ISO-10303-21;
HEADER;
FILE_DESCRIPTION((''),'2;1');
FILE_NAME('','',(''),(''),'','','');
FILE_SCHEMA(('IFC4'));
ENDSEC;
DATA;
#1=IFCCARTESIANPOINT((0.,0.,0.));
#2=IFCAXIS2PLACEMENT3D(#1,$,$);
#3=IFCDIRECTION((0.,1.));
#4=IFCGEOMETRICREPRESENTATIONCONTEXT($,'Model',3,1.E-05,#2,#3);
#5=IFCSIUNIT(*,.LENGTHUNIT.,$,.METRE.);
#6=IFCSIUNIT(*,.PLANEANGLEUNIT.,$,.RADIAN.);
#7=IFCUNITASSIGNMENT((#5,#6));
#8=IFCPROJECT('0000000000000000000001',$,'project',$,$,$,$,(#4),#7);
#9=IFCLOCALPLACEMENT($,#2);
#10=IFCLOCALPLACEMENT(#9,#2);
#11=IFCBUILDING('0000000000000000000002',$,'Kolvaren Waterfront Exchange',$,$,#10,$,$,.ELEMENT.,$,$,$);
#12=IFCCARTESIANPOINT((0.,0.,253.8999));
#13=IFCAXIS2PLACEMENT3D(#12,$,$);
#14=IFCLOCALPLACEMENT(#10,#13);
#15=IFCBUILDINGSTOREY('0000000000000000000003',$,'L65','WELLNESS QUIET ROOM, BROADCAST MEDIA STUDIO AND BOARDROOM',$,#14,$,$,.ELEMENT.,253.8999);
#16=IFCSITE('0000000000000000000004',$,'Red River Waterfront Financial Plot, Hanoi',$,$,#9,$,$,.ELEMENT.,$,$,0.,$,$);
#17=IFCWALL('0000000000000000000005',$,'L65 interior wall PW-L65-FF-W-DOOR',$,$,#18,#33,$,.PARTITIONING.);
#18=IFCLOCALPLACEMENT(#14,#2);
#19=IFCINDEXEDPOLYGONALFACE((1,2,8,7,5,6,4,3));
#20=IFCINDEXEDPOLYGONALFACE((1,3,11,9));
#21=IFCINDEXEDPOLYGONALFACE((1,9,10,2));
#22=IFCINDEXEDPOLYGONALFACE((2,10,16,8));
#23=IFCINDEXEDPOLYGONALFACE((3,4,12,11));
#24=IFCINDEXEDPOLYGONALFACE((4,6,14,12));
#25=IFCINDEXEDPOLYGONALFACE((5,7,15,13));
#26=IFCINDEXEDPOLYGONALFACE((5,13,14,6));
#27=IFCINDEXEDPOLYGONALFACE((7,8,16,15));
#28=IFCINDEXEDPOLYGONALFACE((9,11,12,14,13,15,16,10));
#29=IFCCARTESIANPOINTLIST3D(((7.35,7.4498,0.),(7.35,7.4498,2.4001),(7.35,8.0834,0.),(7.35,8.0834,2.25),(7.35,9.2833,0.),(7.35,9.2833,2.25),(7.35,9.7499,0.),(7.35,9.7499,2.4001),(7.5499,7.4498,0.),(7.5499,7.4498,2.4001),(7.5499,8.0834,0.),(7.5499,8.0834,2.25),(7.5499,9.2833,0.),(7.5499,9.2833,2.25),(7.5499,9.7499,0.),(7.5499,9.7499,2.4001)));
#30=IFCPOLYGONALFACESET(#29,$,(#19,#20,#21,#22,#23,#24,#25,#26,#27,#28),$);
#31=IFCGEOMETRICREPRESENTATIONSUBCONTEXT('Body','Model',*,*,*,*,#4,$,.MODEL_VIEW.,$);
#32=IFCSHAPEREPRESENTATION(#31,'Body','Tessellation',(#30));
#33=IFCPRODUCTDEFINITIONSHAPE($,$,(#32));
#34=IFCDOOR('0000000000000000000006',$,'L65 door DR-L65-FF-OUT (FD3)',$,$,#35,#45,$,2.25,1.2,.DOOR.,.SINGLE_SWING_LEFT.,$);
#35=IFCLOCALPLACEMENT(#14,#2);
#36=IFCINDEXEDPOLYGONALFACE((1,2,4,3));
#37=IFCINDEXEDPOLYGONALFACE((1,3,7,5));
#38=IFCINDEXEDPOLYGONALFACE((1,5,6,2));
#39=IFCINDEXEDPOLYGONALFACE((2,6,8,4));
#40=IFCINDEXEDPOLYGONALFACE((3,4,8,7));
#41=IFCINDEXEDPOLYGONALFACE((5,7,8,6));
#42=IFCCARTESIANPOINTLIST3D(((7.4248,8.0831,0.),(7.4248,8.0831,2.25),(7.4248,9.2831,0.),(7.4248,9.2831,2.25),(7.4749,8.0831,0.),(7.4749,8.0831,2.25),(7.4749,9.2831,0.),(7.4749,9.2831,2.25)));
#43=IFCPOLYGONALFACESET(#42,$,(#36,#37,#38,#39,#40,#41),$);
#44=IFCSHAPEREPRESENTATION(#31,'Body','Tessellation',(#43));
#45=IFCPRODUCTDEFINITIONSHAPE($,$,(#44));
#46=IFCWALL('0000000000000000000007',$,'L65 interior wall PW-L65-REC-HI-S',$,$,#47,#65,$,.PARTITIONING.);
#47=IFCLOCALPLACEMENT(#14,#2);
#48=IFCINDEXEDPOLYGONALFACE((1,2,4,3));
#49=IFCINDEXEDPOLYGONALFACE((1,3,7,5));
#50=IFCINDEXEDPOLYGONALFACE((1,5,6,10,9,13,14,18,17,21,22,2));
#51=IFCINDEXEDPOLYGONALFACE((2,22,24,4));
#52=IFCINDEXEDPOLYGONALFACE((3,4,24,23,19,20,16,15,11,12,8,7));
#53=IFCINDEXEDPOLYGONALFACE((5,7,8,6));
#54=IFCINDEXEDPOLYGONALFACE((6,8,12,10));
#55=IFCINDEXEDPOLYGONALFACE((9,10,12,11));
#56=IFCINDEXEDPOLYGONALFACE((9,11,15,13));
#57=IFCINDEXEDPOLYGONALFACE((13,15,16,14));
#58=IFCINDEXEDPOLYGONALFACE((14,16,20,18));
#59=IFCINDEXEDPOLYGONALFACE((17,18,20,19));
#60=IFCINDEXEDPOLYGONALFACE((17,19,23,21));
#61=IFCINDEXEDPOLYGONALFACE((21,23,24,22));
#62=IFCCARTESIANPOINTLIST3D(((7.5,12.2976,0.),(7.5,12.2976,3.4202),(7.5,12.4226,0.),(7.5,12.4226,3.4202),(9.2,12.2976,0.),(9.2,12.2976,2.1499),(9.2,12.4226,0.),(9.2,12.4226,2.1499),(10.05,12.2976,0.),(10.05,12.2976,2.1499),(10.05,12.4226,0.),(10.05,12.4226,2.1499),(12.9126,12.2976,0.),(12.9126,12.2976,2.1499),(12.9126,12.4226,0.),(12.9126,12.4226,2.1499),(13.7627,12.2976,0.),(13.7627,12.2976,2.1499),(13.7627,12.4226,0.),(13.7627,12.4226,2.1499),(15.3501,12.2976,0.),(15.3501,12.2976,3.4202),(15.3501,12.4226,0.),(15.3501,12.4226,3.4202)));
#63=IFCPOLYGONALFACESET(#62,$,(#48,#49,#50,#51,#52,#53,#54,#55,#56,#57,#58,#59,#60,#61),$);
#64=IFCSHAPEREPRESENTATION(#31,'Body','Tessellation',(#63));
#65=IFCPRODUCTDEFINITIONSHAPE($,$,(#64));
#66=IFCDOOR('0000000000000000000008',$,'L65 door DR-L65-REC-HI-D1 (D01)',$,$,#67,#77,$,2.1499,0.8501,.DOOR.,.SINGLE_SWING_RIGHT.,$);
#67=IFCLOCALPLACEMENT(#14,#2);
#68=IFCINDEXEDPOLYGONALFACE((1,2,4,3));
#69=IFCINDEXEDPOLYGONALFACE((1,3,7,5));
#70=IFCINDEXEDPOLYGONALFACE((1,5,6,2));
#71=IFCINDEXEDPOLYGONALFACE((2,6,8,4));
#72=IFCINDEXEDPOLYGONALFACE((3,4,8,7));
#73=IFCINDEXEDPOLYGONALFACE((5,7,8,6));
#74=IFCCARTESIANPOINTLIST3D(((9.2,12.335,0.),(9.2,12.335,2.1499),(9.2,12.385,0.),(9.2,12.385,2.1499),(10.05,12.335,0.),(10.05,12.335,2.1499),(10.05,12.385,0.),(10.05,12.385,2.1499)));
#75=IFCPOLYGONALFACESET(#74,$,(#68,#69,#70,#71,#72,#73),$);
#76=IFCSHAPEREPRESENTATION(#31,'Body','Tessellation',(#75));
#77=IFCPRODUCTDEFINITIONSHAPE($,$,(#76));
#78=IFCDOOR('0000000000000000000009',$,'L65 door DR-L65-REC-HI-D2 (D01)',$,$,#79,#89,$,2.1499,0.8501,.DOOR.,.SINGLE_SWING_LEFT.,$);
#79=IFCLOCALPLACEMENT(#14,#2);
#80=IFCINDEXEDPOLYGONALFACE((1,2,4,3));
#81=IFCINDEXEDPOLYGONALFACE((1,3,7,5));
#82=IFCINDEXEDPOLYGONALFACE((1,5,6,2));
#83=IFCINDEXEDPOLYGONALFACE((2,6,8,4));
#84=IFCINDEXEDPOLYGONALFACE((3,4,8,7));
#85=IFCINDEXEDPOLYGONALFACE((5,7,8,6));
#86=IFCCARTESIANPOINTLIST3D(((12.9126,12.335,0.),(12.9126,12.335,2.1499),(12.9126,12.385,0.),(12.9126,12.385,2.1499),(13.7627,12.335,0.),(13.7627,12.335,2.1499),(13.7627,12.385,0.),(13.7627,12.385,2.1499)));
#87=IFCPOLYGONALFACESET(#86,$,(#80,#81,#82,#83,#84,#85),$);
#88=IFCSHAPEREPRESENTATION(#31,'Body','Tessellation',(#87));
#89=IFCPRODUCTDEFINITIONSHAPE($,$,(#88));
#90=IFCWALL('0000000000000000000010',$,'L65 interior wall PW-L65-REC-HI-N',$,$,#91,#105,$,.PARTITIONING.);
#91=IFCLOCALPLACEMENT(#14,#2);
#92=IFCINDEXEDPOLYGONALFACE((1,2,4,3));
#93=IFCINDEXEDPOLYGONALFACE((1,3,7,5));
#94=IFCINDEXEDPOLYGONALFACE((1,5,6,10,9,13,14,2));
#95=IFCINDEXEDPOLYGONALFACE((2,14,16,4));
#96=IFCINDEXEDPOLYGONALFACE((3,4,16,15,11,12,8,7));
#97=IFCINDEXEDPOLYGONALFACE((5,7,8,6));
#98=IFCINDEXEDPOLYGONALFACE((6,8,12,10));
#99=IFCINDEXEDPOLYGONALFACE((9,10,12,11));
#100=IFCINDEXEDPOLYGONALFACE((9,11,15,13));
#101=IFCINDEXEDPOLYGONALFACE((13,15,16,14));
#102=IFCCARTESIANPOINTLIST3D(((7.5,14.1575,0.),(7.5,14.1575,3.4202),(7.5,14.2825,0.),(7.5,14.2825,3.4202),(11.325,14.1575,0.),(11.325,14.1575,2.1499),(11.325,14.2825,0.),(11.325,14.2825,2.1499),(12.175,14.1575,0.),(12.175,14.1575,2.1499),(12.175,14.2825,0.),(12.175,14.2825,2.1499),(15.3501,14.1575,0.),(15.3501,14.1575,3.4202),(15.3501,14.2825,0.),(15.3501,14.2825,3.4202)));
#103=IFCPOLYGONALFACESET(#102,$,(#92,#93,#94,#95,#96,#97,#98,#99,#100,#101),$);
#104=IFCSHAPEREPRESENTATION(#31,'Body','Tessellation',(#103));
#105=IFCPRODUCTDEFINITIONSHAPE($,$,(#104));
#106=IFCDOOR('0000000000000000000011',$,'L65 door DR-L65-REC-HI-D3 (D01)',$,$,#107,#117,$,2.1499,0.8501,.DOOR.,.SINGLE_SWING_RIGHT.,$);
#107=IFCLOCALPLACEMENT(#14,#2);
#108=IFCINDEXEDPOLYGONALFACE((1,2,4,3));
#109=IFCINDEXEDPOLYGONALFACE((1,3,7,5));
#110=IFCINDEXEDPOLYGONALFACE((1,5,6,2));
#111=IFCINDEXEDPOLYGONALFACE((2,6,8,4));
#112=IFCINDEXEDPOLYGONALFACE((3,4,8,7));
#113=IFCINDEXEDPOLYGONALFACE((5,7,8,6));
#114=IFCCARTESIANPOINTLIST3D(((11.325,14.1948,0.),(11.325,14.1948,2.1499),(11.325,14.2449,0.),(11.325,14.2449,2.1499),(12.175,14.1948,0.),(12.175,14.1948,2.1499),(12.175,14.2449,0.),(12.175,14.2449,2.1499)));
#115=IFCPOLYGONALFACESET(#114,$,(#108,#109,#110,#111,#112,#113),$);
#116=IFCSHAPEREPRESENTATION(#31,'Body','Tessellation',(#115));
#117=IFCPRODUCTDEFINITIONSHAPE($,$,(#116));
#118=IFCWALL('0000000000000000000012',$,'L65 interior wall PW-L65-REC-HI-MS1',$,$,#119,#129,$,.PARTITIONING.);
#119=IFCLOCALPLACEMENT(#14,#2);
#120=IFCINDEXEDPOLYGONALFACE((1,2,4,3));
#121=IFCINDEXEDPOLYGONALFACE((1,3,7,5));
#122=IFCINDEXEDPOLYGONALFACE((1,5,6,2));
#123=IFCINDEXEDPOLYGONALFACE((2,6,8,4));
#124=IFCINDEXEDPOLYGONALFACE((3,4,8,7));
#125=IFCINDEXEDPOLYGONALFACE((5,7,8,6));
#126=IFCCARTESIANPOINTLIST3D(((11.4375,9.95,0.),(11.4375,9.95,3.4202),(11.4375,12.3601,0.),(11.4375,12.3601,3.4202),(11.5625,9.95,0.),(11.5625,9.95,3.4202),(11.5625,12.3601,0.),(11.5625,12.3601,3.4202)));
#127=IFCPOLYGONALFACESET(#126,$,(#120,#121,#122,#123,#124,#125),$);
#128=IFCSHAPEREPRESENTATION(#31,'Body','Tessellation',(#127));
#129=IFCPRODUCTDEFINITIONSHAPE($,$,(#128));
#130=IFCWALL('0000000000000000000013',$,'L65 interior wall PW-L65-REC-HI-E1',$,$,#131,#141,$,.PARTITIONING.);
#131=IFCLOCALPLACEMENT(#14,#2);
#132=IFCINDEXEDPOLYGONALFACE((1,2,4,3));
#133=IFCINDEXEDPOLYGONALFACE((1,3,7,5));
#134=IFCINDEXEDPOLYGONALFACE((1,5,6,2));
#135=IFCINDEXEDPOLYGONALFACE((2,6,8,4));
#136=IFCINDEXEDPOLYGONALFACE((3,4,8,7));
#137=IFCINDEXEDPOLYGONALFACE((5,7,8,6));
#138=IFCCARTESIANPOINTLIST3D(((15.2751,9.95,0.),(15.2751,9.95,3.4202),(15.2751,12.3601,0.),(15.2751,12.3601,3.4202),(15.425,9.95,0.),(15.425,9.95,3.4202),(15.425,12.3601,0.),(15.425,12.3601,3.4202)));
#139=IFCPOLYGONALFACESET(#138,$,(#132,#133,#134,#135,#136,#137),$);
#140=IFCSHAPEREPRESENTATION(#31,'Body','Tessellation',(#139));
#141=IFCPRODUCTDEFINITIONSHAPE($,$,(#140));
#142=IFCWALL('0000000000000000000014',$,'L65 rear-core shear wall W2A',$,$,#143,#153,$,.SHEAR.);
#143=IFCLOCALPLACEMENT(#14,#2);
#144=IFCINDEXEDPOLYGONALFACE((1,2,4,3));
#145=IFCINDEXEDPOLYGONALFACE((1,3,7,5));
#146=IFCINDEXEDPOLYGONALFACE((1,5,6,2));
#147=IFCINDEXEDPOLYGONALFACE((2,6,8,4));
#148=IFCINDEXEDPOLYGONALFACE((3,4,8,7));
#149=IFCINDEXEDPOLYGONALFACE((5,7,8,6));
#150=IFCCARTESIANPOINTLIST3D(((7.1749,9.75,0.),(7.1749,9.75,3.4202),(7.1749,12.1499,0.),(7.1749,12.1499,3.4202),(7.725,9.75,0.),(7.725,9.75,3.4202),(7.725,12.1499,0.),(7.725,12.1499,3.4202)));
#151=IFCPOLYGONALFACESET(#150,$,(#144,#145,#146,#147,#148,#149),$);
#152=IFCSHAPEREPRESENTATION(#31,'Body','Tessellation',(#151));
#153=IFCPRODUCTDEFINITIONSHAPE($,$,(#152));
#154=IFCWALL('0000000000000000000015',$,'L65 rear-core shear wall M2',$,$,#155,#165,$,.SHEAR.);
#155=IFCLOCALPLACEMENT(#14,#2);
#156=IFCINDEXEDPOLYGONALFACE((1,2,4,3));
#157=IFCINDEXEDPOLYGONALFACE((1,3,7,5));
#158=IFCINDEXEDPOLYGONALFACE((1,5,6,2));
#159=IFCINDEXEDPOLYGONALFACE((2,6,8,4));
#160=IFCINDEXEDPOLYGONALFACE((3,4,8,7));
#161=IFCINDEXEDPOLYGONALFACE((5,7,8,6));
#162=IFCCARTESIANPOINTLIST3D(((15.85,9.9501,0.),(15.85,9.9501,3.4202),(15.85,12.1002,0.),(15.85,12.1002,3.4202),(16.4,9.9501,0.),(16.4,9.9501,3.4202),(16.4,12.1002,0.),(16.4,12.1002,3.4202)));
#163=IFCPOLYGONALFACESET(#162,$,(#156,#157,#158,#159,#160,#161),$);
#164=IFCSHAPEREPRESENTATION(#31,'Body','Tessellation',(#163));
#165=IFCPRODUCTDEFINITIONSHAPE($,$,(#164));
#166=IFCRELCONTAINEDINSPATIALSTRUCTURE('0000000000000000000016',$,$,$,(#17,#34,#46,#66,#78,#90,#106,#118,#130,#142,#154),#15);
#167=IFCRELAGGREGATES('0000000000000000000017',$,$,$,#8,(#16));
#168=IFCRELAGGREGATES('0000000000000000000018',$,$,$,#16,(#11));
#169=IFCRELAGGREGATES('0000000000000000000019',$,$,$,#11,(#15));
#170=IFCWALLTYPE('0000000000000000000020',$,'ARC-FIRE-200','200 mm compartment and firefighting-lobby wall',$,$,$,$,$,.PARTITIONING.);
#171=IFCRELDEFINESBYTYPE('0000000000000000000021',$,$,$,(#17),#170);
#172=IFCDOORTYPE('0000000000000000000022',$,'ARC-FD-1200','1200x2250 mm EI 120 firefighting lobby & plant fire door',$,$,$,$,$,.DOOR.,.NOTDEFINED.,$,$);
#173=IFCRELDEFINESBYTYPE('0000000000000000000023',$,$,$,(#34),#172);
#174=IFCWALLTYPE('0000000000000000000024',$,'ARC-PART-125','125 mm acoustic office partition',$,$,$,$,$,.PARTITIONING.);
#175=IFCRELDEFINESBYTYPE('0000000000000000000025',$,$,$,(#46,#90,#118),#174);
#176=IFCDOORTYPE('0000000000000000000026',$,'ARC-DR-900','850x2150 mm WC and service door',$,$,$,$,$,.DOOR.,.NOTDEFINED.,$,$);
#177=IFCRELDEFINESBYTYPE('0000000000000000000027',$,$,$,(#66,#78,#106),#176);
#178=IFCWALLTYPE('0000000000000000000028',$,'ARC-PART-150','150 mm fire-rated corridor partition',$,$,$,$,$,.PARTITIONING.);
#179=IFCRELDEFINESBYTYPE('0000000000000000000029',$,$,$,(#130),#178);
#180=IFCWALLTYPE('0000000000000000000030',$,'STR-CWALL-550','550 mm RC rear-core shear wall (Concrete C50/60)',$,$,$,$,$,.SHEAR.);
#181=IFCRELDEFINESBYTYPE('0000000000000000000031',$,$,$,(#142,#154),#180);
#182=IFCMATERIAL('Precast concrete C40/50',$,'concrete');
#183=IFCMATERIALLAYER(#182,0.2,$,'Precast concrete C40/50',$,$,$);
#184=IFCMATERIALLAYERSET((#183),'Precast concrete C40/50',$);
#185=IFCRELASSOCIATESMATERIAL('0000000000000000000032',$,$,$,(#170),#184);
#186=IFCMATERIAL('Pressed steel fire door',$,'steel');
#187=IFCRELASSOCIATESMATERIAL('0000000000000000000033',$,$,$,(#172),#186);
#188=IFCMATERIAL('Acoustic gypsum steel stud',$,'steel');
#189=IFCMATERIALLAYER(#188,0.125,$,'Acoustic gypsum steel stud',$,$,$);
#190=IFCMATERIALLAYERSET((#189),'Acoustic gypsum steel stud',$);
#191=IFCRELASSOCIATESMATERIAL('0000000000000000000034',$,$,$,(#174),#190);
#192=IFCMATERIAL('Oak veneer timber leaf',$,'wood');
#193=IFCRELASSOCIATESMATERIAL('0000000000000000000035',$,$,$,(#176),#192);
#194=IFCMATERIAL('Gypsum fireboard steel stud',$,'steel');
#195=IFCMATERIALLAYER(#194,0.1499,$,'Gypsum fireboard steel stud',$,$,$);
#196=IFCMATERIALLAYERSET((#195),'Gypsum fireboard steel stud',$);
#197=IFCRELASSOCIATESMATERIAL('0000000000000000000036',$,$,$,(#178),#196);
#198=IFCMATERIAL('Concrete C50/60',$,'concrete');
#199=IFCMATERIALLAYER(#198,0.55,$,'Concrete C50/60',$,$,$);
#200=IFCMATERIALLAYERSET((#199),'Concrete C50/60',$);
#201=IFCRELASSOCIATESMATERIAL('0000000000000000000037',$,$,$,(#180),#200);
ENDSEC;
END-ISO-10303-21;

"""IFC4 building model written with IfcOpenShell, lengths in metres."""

from ifc_helpers import new_model, si_unit, direction, frame, frame_2d, origin, place, context, subcontext, project, spatial, rectangle, extrude, material, layer, layer_set, type_object, element, fill, save


model = new_model("IFC4")

# Units and contexts
model_context = context("Model", 3, precision=1e-05, world=origin(), true_north=direction((0.0, 1.0)))
body_context = subcontext(model_context, "Body", "Model", "MODEL_VIEW")
ifc_project = project(units=[si_unit("LENGTHUNIT", "METRE"), si_unit("PLANEANGLEUNIT", "RADIAN")], contexts=[model_context])

# Site, building, storey
site_placement = place(None, origin())
site = spatial("IfcSite", under=ifc_project, at=site_placement, Name="Red River Waterfront Financial Plot, Hanoi", CompositionType="ELEMENT", RefElevation=0.0)
building_placement = place(site_placement, origin())
building = spatial("IfcBuilding", under=site, at=building_placement, Name="Kolvaren Waterfront Exchange", CompositionType="ELEMENT")
storey_placement = place(building_placement, frame((0.0, 0.0, 253.8999)))
storey = spatial("IfcBuildingStorey", under=building, at=storey_placement, Name="L65", Description="WELLNESS QUIET ROOM, BROADCAST MEDIA STUDIO AND BOARDROOM", CompositionType="ELEMENT", Elevation=253.8999)

# Shared definitions
ifc_material_1 = material(Name="Precast concrete C40/50", Category="concrete")
ifc_layer_1 = layer(ifc_material_1, 0.2, Name="Precast concrete C40/50")
ifc_layer_set_1 = layer_set([ifc_layer_1], Name="Precast concrete C40/50")
wall_type_1 = type_object("IfcWallType", Name="ARC-FIRE-200", Description="200 mm compartment and firefighting-lobby wall", PredefinedType="PARTITIONING", material=ifc_layer_set_1)

# Wall, opening, door
wall_1_placement = place(storey_placement, frame((7.45, 7.45, 0.0), z_axis=(0.0, 0.0, 1.0), x_axis=(0.0, 1.0, 0.0)))
wall_1 = element("IfcWall", 1, at=wall_1_placement, inside=storey, type_object=wall_type_1, Name="L65 interior wall PW-L65-FF-W-DOOR", PredefinedType="PARTITIONING", context=body_context, shape_type="SweptSolid", body=[
    extrude(rectangle(XDim=2.3, YDim=0.2, at=frame_2d((1.1499, 0.0))), origin(), (0.0, 0.0, 1.0), 2.4001),
])
opening_1_placement = place(wall_1_placement, frame((0.6333, 0.0, 0.0)))
opening_1 = element("IfcOpeningElement", 2, at=opening_1_placement, cuts=wall_1, PredefinedType="OPENING", context=body_context, shape_type="SweptSolid", body=[
    extrude(rectangle(XDim=1.2, YDim=2.25, at=frame_2d((0.6001, 1.125))), frame((0.0, 0.1099, 0.0), z_axis=(0.0, -1.0, 0.0), x_axis=(1.0, 0.0, 0.0)), (0.0, 0.0, 1.0), 0.22),
])
ifc_material_2 = material(Name="Pressed steel fire door", Category="steel")
door_type_1 = type_object("IfcDoorType", Name="ARC-FD-1200", Description="1200x2250 mm EI 120 firefighting lobby & plant fire door", OperationType="NOTDEFINED", PredefinedType="DOOR", material=ifc_material_2)
door_1_placement = place(opening_1_placement, frame((1.2, 0.0, 0.0), z_axis=(0.0, 0.0, 1.0), x_axis=(-1.0, 0.0, 0.0)))
door_1 = element("IfcDoor", 3, at=door_1_placement, inside=storey, type_object=door_type_1, Name="L65 door DR-L65-FF-OUT (FD3)", OperationType="SINGLE_SWING_LEFT", OverallHeight=2.25, OverallWidth=1.2, PredefinedType="DOOR", context=body_context, shape_type="SweptSolid", body=[
    extrude(rectangle(XDim=1.2, YDim=2.25, at=frame_2d((0.6001, 1.125))), frame((0.0, 0.0249, 0.0), z_axis=(0.0, -1.0, 0.0), x_axis=(1.0, 0.0, 0.0)), (0.0, 0.0, 1.0), 0.05),
])
fill(opening_1, door_1)

# Wall, openings, doors
ifc_material_3 = material(Name="Acoustic gypsum steel stud", Category="steel")
ifc_layer_2 = layer(ifc_material_3, 0.125, Name="Acoustic gypsum steel stud")
ifc_layer_set_2 = layer_set([ifc_layer_2], Name="Acoustic gypsum steel stud")
wall_type_2 = type_object("IfcWallType", Name="ARC-PART-125", Description="125 mm acoustic office partition", PredefinedType="PARTITIONING", material=ifc_layer_set_2)
wall_2_placement = place(storey_placement, frame((7.5, 12.3601, 0.0), z_axis=(0.0, 0.0, 1.0), x_axis=(1.0, 0.0, 0.0)))
wall_2 = element("IfcWall", 4, at=wall_2_placement, inside=storey, type_object=wall_type_2, Name="L65 interior wall PW-L65-REC-HI-S", PredefinedType="PARTITIONING", context=body_context, shape_type="SweptSolid", body=[
    extrude(rectangle(XDim=7.8501, YDim=0.125, at=frame_2d((3.925, 0.0))), origin(), (0.0, 0.0, 1.0), 3.4202),
])
opening_2_placement = place(wall_2_placement, frame((1.7, 0.0, 0.0)))
opening_2 = element("IfcOpeningElement", 5, at=opening_2_placement, cuts=wall_2, PredefinedType="OPENING", context=body_context, shape_type="SweptSolid", body=[
    extrude(rectangle(XDim=0.8501, YDim=2.1499, at=frame_2d((0.425, 1.075))), frame((0.0, 0.0725, 0.0), z_axis=(0.0, -1.0, 0.0), x_axis=(1.0, 0.0, 0.0)), (0.0, 0.0, 1.0), 0.145),
])
opening_3_placement = place(wall_2_placement, frame((5.4126, 0.0, 0.0)))
opening_3 = element("IfcOpeningElement", 6, at=opening_3_placement, cuts=wall_2, PredefinedType="OPENING", context=body_context, shape_type="SweptSolid", body=[
    extrude(rectangle(XDim=0.8501, YDim=2.1499, at=frame_2d((0.425, 1.075))), frame((0.0, 0.0725, 0.0), z_axis=(0.0, -1.0, 0.0), x_axis=(1.0, 0.0, 0.0)), (0.0, 0.0, 1.0), 0.145),
])
ifc_material_4 = material(Name="Oak veneer timber leaf", Category="wood")
door_type_2 = type_object("IfcDoorType", Name="ARC-DR-900", Description="850x2150 mm WC and service door", OperationType="NOTDEFINED", PredefinedType="DOOR", material=ifc_material_4)
door_2_placement = place(opening_2_placement, origin())
door_2 = element("IfcDoor", 7, at=door_2_placement, inside=storey, type_object=door_type_2, Name="L65 door DR-L65-REC-HI-D1 (D01)", OperationType="SINGLE_SWING_RIGHT", OverallHeight=2.1499, OverallWidth=0.8501, PredefinedType="DOOR", context=body_context, shape_type="SweptSolid", body=[
    extrude(rectangle(XDim=0.8501, YDim=2.1499, at=frame_2d((0.425, 1.075))), frame((0.0, 0.0249, 0.0), z_axis=(0.0, -1.0, 0.0), x_axis=(1.0, 0.0, 0.0)), (0.0, 0.0, 1.0), 0.05),
])
fill(opening_2, door_2)
door_3_placement = place(opening_3_placement, origin())
door_3 = element("IfcDoor", 8, at=door_3_placement, inside=storey, type_object=door_type_2, Name="L65 door DR-L65-REC-HI-D2 (D01)", OperationType="SINGLE_SWING_LEFT", OverallHeight=2.1499, OverallWidth=0.8501, PredefinedType="DOOR", context=body_context, shape_type="SweptSolid", body=[
    extrude(rectangle(XDim=0.8501, YDim=2.1499, at=frame_2d((0.425, 1.075))), frame((0.0, 0.0249, 0.0), z_axis=(0.0, -1.0, 0.0), x_axis=(1.0, 0.0, 0.0)), (0.0, 0.0, 1.0), 0.05),
])
fill(opening_3, door_3)

# Wall, opening, door
wall_3_placement = place(storey_placement, frame((7.5, 14.22, 0.0), z_axis=(0.0, 0.0, 1.0), x_axis=(1.0, 0.0, 0.0)))
wall_3 = element("IfcWall", 9, at=wall_3_placement, inside=storey, type_object=wall_type_2, Name="L65 interior wall PW-L65-REC-HI-N", PredefinedType="PARTITIONING", context=body_context, shape_type="SweptSolid", body=[
    extrude(rectangle(XDim=7.8501, YDim=0.125, at=frame_2d((3.925, 0.0))), origin(), (0.0, 0.0, 1.0), 3.4202),
])
opening_4_placement = place(wall_3_placement, frame((3.825, 0.0, 0.0)))
opening_4 = element("IfcOpeningElement", 10, at=opening_4_placement, cuts=wall_3, PredefinedType="OPENING", context=body_context, shape_type="SweptSolid", body=[
    extrude(rectangle(XDim=0.8501, YDim=2.1499, at=frame_2d((0.425, 1.075))), frame((0.0, 0.0725, 0.0), z_axis=(0.0, -1.0, 0.0), x_axis=(1.0, 0.0, 0.0)), (0.0, 0.0, 1.0), 0.145),
])
door_4_placement = place(opening_4_placement, origin())
door_4 = element("IfcDoor", 11, at=door_4_placement, inside=storey, type_object=door_type_2, Name="L65 door DR-L65-REC-HI-D3 (D01)", OperationType="SINGLE_SWING_RIGHT", OverallHeight=2.1499, OverallWidth=0.8501, PredefinedType="DOOR", context=body_context, shape_type="SweptSolid", body=[
    extrude(rectangle(XDim=0.8501, YDim=2.1499, at=frame_2d((0.425, 1.075))), frame((0.0, 0.0249, 0.0), z_axis=(0.0, -1.0, 0.0), x_axis=(1.0, 0.0, 0.0)), (0.0, 0.0, 1.0), 0.05),
])
fill(opening_4, door_4)

# Walls
wall_4_placement = place(storey_placement, frame((11.5, 9.95, 0.0), z_axis=(0.0, 0.0, 1.0), x_axis=(0.0, 1.0, 0.0)))
element("IfcWall", 12, at=wall_4_placement, inside=storey, type_object=wall_type_2, Name="L65 interior wall PW-L65-REC-HI-MS1", PredefinedType="PARTITIONING", context=body_context, shape_type="SweptSolid", body=[
    extrude(rectangle(XDim=2.4102, YDim=0.125, at=frame_2d((1.2051, 0.0))), origin(), (0.0, 0.0, 1.0), 3.4202),
])
ifc_material_5 = material(Name="Gypsum fireboard steel stud", Category="steel")
ifc_layer_3 = layer(ifc_material_5, 0.1499, Name="Gypsum fireboard steel stud")
ifc_layer_set_3 = layer_set([ifc_layer_3], Name="Gypsum fireboard steel stud")
wall_type_3 = type_object("IfcWallType", Name="ARC-PART-150", Description="150 mm fire-rated corridor partition", PredefinedType="PARTITIONING", material=ifc_layer_set_3)
wall_5_placement = place(storey_placement, frame((15.3501, 9.95, 0.0), z_axis=(0.0, 0.0, 1.0), x_axis=(0.0, 1.0, 0.0)))
element("IfcWall", 13, at=wall_5_placement, inside=storey, type_object=wall_type_3, Name="L65 interior wall PW-L65-REC-HI-E1", PredefinedType="PARTITIONING", context=body_context, shape_type="SweptSolid", body=[
    extrude(rectangle(XDim=2.4102, YDim=0.1499, at=frame_2d((1.2051, 0.0))), origin(), (0.0, 0.0, 1.0), 3.4202),
])
ifc_material_6 = material(Name="Concrete C50/60", Category="concrete")
ifc_layer_4 = layer(ifc_material_6, 0.55, Name="Concrete C50/60")
ifc_layer_set_4 = layer_set([ifc_layer_4], Name="Concrete C50/60")
wall_type_4 = type_object("IfcWallType", Name="STR-CWALL-550", Description="550 mm RC rear-core shear wall (Concrete C50/60)", PredefinedType="SHEAR", material=ifc_layer_set_4)
wall_6_placement = place(storey_placement, frame((7.45, 9.75, 0.0), z_axis=(0.0, 0.0, 1.0), x_axis=(0.0, 1.0, 0.0)))
element("IfcWall", 14, at=wall_6_placement, inside=storey, type_object=wall_type_4, Name="L65 rear-core shear wall W2A", PredefinedType="SHEAR", context=body_context, shape_type="SweptSolid", body=[
    extrude(rectangle(XDim=2.3999, YDim=0.55, at=frame_2d((1.2, 0.0))), origin(), (0.0, 0.0, 1.0), 3.4202),
])
wall_7_placement = place(storey_placement, frame((16.125, 9.95, 0.0), z_axis=(0.0, 0.0, 1.0), x_axis=(0.0, 1.0, 0.0)))
element("IfcWall", 15, at=wall_7_placement, inside=storey, type_object=wall_type_4, Name="L65 rear-core shear wall M2", PredefinedType="SHEAR", context=body_context, shape_type="SweptSolid", body=[
    extrude(rectangle(XDim=2.1501, YDim=0.55, at=frame_2d((1.0752, 0.0))), origin(), (0.0, 0.0, 1.0), 3.4202),
])

save(model, "model.ifc")
